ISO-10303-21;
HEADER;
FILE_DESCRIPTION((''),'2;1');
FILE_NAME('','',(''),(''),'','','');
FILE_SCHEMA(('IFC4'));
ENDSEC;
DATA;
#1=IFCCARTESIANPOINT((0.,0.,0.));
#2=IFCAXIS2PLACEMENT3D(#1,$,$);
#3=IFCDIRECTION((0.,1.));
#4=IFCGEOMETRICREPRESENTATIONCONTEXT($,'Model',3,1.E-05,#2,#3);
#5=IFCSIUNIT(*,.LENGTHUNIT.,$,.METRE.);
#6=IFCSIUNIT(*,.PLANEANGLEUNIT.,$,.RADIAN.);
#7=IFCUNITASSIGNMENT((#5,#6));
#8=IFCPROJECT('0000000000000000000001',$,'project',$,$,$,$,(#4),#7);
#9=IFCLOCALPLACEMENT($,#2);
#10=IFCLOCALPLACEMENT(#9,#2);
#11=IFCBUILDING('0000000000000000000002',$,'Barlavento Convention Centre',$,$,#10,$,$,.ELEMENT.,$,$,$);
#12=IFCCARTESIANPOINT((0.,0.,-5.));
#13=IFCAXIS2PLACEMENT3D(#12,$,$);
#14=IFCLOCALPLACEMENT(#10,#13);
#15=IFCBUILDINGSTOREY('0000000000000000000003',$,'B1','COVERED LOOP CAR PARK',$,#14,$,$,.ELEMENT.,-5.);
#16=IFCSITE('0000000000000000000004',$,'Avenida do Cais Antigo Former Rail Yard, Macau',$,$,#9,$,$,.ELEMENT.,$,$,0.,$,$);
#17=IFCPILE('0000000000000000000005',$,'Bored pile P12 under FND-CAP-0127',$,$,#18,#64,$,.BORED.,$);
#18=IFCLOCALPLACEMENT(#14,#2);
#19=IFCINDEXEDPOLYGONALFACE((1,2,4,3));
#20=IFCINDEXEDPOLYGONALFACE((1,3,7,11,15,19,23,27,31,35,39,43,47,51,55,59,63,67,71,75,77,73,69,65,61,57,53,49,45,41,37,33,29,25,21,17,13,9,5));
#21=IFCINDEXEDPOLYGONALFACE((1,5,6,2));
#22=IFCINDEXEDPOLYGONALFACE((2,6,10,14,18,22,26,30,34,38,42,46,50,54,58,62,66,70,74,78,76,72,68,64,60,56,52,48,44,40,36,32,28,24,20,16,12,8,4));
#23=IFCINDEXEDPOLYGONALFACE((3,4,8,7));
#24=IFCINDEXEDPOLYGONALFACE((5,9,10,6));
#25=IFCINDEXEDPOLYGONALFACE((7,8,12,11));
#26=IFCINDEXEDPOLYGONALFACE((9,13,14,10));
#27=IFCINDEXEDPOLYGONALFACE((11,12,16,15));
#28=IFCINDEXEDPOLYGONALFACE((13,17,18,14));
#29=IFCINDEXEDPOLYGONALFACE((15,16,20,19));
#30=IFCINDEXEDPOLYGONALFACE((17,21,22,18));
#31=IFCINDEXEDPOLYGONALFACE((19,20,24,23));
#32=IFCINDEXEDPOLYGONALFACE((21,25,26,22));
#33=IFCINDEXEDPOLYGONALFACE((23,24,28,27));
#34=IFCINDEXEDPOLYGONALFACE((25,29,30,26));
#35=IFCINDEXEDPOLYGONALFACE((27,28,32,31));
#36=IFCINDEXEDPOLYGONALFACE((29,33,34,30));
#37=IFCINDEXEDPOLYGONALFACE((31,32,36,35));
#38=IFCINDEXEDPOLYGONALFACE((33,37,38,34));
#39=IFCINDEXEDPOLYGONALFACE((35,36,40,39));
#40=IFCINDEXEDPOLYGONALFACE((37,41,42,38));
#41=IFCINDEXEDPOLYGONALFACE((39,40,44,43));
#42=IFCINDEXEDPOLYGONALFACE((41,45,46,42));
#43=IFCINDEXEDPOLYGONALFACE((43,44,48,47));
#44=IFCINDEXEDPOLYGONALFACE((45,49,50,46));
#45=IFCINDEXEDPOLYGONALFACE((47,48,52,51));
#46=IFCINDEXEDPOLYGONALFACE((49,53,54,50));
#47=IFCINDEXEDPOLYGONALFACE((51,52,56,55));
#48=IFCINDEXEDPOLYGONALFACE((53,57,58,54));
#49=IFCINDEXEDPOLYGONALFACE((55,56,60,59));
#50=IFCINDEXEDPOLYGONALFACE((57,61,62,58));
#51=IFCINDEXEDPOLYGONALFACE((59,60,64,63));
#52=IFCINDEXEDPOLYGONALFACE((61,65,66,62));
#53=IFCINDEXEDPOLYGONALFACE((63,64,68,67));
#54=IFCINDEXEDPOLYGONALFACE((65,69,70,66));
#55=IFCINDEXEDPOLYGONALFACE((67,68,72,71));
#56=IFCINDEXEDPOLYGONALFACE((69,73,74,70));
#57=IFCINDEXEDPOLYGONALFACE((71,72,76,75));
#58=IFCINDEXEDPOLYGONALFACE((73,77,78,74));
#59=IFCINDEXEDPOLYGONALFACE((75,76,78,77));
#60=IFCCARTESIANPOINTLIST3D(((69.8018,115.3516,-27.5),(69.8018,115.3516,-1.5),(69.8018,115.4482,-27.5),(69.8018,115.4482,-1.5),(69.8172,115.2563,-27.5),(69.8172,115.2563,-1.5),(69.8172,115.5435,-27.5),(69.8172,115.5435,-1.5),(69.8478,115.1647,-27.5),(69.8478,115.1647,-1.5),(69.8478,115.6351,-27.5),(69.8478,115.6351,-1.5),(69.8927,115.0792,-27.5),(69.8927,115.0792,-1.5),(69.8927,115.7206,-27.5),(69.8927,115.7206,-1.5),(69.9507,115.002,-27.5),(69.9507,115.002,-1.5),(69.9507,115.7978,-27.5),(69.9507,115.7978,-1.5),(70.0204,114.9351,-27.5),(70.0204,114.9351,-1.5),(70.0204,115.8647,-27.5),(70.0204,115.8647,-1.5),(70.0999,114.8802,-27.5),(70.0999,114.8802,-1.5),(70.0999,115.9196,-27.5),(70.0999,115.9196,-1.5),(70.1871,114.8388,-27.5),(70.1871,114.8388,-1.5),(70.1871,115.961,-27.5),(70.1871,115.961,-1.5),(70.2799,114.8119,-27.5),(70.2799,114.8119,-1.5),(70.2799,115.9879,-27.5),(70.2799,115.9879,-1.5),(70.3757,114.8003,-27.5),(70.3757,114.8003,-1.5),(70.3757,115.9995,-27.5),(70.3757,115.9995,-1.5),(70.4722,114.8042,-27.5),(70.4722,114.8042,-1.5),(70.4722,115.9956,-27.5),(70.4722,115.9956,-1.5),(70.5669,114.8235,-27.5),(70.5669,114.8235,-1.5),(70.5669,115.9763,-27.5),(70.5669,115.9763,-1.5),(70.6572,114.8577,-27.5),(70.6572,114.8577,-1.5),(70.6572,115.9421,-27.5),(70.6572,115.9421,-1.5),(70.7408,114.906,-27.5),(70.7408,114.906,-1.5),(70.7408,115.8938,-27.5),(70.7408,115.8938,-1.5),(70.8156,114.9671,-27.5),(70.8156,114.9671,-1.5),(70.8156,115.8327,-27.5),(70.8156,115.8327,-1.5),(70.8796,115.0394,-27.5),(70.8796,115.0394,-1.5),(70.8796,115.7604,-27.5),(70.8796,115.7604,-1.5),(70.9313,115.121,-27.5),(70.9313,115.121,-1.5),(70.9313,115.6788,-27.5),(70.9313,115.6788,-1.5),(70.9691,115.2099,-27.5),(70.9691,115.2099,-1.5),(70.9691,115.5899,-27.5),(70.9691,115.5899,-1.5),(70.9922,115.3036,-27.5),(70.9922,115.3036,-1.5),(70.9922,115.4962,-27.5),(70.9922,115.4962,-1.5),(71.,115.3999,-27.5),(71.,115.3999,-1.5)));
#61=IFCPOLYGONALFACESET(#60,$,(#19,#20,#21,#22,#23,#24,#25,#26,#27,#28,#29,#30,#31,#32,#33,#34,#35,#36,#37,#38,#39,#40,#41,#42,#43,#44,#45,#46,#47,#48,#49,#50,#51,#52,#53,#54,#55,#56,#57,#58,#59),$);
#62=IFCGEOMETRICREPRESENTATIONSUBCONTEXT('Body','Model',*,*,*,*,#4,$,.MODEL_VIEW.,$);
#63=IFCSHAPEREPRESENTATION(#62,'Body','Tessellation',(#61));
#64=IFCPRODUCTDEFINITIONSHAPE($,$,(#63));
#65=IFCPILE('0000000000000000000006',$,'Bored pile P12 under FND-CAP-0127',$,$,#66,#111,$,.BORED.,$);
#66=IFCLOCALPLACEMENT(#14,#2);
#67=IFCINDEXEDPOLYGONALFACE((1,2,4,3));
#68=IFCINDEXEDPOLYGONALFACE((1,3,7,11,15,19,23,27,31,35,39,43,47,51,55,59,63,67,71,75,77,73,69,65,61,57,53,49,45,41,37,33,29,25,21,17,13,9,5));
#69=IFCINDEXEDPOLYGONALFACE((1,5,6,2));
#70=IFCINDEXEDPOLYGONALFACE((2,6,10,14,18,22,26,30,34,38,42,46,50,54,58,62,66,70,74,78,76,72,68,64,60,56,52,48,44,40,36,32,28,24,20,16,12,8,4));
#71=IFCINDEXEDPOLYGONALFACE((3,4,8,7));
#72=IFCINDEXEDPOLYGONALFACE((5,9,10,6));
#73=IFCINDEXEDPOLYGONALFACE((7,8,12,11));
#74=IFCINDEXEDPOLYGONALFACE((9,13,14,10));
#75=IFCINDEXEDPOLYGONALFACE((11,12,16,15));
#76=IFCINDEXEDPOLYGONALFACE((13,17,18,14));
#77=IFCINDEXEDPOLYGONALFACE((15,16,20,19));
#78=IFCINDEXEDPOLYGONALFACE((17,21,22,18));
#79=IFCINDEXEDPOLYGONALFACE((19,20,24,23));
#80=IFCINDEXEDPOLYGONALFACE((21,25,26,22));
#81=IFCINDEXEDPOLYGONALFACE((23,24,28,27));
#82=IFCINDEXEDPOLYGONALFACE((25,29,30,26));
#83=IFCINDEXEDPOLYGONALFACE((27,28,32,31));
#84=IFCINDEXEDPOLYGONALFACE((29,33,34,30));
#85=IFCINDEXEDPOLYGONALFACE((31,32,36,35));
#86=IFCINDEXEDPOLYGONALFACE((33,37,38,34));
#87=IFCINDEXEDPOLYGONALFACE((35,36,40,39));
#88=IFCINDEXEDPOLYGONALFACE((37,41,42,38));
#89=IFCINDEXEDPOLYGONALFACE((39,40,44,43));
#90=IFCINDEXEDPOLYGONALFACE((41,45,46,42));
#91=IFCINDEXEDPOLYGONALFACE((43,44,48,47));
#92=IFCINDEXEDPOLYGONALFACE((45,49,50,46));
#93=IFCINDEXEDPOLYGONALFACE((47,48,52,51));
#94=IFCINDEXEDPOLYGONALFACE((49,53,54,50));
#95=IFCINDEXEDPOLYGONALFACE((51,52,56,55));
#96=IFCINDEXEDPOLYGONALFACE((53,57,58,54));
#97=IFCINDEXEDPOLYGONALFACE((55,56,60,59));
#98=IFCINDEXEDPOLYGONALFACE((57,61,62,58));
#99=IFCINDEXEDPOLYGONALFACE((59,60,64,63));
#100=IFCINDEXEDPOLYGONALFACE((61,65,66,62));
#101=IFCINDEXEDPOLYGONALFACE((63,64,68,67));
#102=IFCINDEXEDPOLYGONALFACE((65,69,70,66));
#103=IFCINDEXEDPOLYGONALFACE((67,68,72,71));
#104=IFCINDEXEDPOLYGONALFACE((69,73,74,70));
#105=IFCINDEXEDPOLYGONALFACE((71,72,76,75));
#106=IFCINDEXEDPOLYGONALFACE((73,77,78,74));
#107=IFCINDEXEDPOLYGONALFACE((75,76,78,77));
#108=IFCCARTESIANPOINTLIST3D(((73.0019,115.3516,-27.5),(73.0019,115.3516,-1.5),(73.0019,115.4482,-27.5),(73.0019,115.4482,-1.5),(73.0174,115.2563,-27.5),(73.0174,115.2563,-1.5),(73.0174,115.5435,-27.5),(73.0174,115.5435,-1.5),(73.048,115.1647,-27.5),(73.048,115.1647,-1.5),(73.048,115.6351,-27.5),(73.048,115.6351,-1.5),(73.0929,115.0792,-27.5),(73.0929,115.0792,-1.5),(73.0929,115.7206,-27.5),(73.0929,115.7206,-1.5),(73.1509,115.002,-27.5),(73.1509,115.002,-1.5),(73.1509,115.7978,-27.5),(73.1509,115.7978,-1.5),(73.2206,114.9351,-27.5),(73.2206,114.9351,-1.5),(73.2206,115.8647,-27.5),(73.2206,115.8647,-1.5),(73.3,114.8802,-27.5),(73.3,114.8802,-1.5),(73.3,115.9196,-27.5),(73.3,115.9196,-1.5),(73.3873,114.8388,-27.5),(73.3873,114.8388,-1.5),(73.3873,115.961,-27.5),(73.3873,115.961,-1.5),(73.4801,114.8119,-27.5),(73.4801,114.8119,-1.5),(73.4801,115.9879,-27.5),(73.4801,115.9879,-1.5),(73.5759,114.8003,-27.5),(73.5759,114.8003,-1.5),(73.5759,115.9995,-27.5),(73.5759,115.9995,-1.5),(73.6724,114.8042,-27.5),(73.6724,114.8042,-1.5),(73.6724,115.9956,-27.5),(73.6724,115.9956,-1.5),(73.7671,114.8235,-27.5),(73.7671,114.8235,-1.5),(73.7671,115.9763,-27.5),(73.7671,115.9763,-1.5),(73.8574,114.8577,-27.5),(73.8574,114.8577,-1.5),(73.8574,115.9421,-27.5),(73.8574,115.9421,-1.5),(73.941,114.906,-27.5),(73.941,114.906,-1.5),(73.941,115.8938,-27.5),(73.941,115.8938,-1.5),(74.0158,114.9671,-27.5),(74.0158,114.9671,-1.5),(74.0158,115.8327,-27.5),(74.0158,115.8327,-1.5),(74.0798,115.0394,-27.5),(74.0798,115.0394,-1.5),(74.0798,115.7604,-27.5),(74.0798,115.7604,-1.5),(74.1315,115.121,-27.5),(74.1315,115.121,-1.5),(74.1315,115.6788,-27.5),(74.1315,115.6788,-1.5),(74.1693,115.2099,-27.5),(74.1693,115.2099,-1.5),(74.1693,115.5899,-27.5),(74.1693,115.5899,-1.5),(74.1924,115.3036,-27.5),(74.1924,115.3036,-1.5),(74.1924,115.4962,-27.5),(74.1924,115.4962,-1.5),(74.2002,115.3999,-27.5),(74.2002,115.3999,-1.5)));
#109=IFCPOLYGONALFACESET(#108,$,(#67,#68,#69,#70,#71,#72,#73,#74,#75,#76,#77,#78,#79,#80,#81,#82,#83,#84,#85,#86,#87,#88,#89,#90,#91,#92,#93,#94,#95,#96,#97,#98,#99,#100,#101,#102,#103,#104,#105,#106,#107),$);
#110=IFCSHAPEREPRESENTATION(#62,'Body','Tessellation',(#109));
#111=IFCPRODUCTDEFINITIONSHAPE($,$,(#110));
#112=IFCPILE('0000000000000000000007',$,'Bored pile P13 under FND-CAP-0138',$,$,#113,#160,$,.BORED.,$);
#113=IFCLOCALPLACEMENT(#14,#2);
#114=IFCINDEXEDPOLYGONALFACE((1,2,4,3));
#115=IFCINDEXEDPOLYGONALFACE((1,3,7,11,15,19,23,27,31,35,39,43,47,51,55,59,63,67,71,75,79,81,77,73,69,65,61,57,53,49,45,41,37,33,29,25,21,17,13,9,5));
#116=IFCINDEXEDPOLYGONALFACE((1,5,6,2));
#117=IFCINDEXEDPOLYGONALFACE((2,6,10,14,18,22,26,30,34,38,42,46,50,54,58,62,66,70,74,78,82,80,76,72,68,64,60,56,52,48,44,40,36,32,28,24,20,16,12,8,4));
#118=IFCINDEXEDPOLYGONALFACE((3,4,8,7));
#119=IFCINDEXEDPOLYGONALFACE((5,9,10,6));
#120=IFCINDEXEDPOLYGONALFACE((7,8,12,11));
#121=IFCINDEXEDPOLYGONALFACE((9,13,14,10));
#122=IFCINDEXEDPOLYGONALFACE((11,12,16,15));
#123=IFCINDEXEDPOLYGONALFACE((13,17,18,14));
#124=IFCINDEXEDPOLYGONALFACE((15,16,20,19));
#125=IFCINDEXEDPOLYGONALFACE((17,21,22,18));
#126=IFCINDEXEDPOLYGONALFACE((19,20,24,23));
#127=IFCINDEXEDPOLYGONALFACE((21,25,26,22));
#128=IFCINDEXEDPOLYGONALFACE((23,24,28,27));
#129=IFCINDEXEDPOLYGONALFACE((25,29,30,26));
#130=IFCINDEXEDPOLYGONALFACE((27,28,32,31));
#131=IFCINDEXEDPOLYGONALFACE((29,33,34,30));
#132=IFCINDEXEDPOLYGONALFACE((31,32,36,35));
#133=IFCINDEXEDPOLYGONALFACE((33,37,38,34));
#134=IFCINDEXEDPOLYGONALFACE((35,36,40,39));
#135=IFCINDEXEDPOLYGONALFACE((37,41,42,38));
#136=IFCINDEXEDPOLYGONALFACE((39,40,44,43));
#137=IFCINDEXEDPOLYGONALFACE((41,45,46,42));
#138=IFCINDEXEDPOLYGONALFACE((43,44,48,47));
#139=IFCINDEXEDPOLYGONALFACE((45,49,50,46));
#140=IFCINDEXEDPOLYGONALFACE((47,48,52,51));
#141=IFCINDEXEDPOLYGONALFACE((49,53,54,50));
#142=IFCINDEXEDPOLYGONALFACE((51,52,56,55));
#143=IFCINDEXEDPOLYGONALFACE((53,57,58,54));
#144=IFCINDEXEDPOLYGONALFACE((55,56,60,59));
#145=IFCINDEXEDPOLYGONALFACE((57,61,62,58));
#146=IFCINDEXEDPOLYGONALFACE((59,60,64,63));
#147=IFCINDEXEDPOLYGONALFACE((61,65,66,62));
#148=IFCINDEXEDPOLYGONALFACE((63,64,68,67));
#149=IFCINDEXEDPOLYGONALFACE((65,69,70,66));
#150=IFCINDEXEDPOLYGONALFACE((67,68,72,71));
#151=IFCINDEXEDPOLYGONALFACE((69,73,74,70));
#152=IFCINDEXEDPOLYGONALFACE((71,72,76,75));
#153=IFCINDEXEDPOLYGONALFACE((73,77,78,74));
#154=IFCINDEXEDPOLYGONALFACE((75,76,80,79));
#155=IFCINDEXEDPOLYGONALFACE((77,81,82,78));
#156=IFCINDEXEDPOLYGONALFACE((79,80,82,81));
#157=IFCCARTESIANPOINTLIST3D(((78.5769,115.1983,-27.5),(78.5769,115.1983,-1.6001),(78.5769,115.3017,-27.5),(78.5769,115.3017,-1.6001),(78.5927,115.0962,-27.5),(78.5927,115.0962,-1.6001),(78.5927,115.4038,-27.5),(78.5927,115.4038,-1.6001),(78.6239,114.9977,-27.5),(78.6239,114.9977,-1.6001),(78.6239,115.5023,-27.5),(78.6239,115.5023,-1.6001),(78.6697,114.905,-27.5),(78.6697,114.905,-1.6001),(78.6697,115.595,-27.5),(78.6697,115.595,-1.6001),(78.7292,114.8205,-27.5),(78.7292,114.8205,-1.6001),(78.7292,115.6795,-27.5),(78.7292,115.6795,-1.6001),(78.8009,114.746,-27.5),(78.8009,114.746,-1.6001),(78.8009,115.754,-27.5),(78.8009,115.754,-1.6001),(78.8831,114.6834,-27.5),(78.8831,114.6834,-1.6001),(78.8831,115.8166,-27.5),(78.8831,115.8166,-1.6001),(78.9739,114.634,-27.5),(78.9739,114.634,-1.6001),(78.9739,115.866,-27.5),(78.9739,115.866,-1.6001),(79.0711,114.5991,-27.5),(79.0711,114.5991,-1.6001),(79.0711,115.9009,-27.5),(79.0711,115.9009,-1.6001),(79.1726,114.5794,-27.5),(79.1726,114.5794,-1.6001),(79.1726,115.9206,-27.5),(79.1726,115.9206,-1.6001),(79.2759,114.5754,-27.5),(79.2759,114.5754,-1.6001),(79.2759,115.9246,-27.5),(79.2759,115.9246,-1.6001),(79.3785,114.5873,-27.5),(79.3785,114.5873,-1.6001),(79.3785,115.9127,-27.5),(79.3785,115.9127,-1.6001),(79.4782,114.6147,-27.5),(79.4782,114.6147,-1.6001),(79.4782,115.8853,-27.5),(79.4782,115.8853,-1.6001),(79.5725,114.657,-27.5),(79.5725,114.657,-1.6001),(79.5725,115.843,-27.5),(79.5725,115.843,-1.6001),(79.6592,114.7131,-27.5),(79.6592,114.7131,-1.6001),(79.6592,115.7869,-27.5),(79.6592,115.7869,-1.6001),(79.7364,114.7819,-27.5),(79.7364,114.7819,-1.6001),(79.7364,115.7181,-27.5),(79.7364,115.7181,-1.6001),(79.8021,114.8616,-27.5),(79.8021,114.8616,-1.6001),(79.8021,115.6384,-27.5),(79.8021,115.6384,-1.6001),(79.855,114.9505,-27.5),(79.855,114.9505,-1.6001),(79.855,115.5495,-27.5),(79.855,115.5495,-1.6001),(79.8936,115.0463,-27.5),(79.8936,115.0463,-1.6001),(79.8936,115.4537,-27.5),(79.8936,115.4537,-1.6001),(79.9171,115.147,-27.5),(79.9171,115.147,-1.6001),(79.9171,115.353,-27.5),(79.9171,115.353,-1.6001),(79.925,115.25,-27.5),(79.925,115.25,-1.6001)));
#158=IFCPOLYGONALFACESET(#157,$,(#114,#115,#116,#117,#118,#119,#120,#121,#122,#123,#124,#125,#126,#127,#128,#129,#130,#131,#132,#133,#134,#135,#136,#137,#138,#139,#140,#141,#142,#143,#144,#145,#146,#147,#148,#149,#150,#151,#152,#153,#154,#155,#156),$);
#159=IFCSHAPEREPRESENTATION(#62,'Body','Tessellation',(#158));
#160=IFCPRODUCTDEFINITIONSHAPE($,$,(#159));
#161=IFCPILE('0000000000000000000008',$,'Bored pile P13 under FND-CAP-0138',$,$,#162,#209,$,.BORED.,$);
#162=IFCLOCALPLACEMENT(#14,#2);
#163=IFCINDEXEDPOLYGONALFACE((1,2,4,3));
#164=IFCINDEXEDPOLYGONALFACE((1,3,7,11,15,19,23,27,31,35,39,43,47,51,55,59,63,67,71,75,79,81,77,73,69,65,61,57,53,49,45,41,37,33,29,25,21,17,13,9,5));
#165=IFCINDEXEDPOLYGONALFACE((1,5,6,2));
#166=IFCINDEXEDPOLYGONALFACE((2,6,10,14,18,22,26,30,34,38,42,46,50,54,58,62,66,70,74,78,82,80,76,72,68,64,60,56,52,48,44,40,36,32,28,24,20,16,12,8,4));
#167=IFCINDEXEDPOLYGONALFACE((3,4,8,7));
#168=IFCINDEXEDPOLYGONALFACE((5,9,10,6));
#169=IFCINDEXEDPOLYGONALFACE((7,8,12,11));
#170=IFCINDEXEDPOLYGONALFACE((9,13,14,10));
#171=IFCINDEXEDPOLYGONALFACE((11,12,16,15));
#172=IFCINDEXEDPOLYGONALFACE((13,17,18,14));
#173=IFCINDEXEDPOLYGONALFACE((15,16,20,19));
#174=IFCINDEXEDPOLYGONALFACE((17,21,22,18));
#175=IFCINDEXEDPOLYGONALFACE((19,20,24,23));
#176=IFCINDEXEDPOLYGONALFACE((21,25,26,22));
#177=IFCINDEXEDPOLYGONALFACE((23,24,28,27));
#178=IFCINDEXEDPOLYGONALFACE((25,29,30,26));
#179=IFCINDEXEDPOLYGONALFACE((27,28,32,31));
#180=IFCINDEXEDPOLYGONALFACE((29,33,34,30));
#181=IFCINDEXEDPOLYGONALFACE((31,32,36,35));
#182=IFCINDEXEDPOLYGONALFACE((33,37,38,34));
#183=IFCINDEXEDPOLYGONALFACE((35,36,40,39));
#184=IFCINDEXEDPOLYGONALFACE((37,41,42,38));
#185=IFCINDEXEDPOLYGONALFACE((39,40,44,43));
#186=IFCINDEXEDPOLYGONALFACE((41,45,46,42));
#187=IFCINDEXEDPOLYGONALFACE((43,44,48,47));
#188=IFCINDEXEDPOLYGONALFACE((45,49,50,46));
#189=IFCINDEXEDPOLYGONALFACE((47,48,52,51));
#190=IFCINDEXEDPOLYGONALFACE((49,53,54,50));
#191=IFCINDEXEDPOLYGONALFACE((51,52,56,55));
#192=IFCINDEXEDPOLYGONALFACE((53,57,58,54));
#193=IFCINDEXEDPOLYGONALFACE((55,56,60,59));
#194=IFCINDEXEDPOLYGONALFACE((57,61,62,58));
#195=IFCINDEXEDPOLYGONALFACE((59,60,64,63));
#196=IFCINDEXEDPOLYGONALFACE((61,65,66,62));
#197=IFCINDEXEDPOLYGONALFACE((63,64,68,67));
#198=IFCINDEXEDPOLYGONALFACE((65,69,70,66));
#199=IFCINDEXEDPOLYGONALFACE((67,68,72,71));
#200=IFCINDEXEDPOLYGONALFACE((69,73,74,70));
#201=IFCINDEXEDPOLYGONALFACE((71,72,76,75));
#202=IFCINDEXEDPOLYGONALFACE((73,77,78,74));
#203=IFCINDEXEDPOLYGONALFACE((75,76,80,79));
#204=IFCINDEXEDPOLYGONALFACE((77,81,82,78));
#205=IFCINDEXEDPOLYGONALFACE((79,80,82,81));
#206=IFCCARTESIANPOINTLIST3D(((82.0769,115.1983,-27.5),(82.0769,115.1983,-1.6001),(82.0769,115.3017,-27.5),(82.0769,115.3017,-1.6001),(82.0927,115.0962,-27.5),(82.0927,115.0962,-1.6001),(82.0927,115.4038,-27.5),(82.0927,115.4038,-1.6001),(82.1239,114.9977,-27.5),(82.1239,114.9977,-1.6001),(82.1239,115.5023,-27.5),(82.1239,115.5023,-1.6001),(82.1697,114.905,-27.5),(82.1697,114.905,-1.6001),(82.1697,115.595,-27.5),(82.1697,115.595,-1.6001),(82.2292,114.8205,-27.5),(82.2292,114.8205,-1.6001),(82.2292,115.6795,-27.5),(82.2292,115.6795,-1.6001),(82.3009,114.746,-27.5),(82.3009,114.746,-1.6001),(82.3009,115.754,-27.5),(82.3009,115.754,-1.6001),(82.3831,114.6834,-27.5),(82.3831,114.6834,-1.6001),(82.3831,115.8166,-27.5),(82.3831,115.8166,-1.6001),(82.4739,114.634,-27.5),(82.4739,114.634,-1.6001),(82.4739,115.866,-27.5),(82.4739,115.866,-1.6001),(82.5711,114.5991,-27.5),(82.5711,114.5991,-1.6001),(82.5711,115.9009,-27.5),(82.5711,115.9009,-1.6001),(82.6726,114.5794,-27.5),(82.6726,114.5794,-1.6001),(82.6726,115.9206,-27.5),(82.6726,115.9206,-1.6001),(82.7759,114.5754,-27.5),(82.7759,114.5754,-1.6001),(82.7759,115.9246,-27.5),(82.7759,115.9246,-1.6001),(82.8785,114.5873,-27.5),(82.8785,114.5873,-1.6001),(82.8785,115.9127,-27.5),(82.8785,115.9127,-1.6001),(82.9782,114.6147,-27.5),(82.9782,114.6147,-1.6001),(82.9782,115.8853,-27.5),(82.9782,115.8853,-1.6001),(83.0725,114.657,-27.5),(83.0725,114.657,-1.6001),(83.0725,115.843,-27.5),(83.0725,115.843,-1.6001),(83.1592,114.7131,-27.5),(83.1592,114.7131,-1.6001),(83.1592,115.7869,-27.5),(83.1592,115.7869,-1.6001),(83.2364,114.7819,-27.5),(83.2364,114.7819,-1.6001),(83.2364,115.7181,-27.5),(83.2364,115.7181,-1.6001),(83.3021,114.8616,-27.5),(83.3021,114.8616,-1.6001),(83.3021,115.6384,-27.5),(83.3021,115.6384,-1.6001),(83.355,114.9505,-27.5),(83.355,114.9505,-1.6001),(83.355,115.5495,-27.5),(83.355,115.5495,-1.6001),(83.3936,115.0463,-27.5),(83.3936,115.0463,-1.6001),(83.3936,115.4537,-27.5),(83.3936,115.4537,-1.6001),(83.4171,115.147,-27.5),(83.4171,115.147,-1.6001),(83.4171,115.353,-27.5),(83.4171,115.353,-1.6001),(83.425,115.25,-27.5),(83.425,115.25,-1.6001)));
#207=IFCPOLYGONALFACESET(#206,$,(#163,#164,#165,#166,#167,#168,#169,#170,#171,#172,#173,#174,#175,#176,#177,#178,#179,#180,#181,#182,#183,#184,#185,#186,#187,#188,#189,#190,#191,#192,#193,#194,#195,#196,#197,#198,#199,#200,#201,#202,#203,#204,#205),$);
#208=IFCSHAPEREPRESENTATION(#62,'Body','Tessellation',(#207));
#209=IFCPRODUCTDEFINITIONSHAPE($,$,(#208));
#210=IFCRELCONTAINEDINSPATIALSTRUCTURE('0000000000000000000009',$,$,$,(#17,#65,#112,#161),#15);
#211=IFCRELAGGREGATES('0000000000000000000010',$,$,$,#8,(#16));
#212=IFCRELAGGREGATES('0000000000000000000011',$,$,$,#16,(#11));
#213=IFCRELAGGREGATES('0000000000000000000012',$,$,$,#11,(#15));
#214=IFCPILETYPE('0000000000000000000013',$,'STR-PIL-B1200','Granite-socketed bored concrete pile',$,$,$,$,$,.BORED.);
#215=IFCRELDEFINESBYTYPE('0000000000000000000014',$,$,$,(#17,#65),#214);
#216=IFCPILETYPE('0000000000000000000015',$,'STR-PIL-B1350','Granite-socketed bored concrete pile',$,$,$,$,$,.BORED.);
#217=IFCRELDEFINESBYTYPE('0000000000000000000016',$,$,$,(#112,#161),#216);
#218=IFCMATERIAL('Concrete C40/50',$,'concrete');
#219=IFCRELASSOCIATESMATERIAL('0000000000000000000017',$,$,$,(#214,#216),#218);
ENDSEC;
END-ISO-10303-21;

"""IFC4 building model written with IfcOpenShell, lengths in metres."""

from ifc_helpers import new_model, si_unit, direction, frame, origin, origin_2d, place, context, subcontext, project, spatial, circle, extrude, material, material_profile, profile_set, type_object, element, save


model = new_model("IFC4")

# Units and contexts
model_context = context("Model", 3, precision=1e-05, world=origin(), true_north=direction((0.0, 1.0)))
body_context = subcontext(model_context, "Body", "Model", "MODEL_VIEW")
ifc_project = project(units=[si_unit("LENGTHUNIT", "METRE"), si_unit("PLANEANGLEUNIT", "RADIAN")], contexts=[model_context])

# Site, building, storey
site_placement = place(None, origin())
site = spatial("IfcSite", under=ifc_project, at=site_placement, Name="Avenida do Cais Antigo Former Rail Yard, Macau", CompositionType="ELEMENT", RefElevation=0.0)
building_placement = place(site_placement, origin())
building = spatial("IfcBuilding", under=site, at=building_placement, Name="Barlavento Convention Centre", CompositionType="ELEMENT")
storey_placement = place(building_placement, frame((0.0, 0.0, -5.0)))
storey = spatial("IfcBuildingStorey", under=building, at=storey_placement, Name="B1", Description="COVERED LOOP CAR PARK", CompositionType="ELEMENT", Elevation=-5.0)

# Shared definitions
ifc_material_1 = material(Name="Concrete C40/50", Category="concrete")

# Piles
ifc_material_profile_1 = material_profile(ifc_material_1, circle(Radius=0.6001, at=origin_2d()), Name="BORED PILE 1200")
ifc_profile_set_1 = profile_set([ifc_material_profile_1], Name="Concrete C40/50")
pile_type_1 = type_object("IfcPileType", Name="STR-PIL-B1200", Description="Granite-socketed bored concrete pile", PredefinedType="BORED", material=ifc_profile_set_1)
for number, where, z_axis, x_axis, name in (
    (1, (70.3999, 115.3999, -1.5), (0.0, 0.0, -1.0), (1.0, 0.0, 0.0), "Bored pile P12 under FND-CAP-0127"),
    (2, (73.6001, 115.3999, -1.5), (0.0, 0.0, -1.0), (1.0, 0.0, 0.0), "Bored pile P12 under FND-CAP-0127"),
):
    element("IfcPile", number, at=place(storey_placement, frame(where, z_axis=z_axis, x_axis=x_axis)), inside=storey, type_object=pile_type_1, Name=name, PredefinedType="BORED", context=body_context, shape_type="SweptSolid", body=[
        extrude(circle(Radius=0.6001, at=origin_2d()), origin(), (0.0, 0.0, 1.0), 26.0),
    ])
ifc_material_profile_2 = material_profile(ifc_material_1, circle(Radius=0.675, at=origin_2d()), Name="BORED PILE 1350")
ifc_profile_set_2 = profile_set([ifc_material_profile_2], Name="Concrete C40/50")
pile_type_2 = type_object("IfcPileType", Name="STR-PIL-B1350", Description="Granite-socketed bored concrete pile", PredefinedType="BORED", material=ifc_profile_set_2)
for number, where, z_axis, x_axis, name in (
    (3, (79.25, 115.25, -1.6001), (0.0, 0.0, -1.0), (1.0, 0.0, 0.0), "Bored pile P13 under FND-CAP-0138"),
    (4, (82.75, 115.25, -1.6001), (0.0, 0.0, -1.0), (1.0, 0.0, 0.0), "Bored pile P13 under FND-CAP-0138"),
):
    element("IfcPile", number, at=place(storey_placement, frame(where, z_axis=z_axis, x_axis=x_axis)), inside=storey, type_object=pile_type_2, Name=name, PredefinedType="BORED", context=body_context, shape_type="SweptSolid", body=[
        extrude(circle(Radius=0.675, at=origin_2d()), origin(), (0.0, 0.0, 1.0), 25.8999),
    ])

save(model, "model.ifc")
